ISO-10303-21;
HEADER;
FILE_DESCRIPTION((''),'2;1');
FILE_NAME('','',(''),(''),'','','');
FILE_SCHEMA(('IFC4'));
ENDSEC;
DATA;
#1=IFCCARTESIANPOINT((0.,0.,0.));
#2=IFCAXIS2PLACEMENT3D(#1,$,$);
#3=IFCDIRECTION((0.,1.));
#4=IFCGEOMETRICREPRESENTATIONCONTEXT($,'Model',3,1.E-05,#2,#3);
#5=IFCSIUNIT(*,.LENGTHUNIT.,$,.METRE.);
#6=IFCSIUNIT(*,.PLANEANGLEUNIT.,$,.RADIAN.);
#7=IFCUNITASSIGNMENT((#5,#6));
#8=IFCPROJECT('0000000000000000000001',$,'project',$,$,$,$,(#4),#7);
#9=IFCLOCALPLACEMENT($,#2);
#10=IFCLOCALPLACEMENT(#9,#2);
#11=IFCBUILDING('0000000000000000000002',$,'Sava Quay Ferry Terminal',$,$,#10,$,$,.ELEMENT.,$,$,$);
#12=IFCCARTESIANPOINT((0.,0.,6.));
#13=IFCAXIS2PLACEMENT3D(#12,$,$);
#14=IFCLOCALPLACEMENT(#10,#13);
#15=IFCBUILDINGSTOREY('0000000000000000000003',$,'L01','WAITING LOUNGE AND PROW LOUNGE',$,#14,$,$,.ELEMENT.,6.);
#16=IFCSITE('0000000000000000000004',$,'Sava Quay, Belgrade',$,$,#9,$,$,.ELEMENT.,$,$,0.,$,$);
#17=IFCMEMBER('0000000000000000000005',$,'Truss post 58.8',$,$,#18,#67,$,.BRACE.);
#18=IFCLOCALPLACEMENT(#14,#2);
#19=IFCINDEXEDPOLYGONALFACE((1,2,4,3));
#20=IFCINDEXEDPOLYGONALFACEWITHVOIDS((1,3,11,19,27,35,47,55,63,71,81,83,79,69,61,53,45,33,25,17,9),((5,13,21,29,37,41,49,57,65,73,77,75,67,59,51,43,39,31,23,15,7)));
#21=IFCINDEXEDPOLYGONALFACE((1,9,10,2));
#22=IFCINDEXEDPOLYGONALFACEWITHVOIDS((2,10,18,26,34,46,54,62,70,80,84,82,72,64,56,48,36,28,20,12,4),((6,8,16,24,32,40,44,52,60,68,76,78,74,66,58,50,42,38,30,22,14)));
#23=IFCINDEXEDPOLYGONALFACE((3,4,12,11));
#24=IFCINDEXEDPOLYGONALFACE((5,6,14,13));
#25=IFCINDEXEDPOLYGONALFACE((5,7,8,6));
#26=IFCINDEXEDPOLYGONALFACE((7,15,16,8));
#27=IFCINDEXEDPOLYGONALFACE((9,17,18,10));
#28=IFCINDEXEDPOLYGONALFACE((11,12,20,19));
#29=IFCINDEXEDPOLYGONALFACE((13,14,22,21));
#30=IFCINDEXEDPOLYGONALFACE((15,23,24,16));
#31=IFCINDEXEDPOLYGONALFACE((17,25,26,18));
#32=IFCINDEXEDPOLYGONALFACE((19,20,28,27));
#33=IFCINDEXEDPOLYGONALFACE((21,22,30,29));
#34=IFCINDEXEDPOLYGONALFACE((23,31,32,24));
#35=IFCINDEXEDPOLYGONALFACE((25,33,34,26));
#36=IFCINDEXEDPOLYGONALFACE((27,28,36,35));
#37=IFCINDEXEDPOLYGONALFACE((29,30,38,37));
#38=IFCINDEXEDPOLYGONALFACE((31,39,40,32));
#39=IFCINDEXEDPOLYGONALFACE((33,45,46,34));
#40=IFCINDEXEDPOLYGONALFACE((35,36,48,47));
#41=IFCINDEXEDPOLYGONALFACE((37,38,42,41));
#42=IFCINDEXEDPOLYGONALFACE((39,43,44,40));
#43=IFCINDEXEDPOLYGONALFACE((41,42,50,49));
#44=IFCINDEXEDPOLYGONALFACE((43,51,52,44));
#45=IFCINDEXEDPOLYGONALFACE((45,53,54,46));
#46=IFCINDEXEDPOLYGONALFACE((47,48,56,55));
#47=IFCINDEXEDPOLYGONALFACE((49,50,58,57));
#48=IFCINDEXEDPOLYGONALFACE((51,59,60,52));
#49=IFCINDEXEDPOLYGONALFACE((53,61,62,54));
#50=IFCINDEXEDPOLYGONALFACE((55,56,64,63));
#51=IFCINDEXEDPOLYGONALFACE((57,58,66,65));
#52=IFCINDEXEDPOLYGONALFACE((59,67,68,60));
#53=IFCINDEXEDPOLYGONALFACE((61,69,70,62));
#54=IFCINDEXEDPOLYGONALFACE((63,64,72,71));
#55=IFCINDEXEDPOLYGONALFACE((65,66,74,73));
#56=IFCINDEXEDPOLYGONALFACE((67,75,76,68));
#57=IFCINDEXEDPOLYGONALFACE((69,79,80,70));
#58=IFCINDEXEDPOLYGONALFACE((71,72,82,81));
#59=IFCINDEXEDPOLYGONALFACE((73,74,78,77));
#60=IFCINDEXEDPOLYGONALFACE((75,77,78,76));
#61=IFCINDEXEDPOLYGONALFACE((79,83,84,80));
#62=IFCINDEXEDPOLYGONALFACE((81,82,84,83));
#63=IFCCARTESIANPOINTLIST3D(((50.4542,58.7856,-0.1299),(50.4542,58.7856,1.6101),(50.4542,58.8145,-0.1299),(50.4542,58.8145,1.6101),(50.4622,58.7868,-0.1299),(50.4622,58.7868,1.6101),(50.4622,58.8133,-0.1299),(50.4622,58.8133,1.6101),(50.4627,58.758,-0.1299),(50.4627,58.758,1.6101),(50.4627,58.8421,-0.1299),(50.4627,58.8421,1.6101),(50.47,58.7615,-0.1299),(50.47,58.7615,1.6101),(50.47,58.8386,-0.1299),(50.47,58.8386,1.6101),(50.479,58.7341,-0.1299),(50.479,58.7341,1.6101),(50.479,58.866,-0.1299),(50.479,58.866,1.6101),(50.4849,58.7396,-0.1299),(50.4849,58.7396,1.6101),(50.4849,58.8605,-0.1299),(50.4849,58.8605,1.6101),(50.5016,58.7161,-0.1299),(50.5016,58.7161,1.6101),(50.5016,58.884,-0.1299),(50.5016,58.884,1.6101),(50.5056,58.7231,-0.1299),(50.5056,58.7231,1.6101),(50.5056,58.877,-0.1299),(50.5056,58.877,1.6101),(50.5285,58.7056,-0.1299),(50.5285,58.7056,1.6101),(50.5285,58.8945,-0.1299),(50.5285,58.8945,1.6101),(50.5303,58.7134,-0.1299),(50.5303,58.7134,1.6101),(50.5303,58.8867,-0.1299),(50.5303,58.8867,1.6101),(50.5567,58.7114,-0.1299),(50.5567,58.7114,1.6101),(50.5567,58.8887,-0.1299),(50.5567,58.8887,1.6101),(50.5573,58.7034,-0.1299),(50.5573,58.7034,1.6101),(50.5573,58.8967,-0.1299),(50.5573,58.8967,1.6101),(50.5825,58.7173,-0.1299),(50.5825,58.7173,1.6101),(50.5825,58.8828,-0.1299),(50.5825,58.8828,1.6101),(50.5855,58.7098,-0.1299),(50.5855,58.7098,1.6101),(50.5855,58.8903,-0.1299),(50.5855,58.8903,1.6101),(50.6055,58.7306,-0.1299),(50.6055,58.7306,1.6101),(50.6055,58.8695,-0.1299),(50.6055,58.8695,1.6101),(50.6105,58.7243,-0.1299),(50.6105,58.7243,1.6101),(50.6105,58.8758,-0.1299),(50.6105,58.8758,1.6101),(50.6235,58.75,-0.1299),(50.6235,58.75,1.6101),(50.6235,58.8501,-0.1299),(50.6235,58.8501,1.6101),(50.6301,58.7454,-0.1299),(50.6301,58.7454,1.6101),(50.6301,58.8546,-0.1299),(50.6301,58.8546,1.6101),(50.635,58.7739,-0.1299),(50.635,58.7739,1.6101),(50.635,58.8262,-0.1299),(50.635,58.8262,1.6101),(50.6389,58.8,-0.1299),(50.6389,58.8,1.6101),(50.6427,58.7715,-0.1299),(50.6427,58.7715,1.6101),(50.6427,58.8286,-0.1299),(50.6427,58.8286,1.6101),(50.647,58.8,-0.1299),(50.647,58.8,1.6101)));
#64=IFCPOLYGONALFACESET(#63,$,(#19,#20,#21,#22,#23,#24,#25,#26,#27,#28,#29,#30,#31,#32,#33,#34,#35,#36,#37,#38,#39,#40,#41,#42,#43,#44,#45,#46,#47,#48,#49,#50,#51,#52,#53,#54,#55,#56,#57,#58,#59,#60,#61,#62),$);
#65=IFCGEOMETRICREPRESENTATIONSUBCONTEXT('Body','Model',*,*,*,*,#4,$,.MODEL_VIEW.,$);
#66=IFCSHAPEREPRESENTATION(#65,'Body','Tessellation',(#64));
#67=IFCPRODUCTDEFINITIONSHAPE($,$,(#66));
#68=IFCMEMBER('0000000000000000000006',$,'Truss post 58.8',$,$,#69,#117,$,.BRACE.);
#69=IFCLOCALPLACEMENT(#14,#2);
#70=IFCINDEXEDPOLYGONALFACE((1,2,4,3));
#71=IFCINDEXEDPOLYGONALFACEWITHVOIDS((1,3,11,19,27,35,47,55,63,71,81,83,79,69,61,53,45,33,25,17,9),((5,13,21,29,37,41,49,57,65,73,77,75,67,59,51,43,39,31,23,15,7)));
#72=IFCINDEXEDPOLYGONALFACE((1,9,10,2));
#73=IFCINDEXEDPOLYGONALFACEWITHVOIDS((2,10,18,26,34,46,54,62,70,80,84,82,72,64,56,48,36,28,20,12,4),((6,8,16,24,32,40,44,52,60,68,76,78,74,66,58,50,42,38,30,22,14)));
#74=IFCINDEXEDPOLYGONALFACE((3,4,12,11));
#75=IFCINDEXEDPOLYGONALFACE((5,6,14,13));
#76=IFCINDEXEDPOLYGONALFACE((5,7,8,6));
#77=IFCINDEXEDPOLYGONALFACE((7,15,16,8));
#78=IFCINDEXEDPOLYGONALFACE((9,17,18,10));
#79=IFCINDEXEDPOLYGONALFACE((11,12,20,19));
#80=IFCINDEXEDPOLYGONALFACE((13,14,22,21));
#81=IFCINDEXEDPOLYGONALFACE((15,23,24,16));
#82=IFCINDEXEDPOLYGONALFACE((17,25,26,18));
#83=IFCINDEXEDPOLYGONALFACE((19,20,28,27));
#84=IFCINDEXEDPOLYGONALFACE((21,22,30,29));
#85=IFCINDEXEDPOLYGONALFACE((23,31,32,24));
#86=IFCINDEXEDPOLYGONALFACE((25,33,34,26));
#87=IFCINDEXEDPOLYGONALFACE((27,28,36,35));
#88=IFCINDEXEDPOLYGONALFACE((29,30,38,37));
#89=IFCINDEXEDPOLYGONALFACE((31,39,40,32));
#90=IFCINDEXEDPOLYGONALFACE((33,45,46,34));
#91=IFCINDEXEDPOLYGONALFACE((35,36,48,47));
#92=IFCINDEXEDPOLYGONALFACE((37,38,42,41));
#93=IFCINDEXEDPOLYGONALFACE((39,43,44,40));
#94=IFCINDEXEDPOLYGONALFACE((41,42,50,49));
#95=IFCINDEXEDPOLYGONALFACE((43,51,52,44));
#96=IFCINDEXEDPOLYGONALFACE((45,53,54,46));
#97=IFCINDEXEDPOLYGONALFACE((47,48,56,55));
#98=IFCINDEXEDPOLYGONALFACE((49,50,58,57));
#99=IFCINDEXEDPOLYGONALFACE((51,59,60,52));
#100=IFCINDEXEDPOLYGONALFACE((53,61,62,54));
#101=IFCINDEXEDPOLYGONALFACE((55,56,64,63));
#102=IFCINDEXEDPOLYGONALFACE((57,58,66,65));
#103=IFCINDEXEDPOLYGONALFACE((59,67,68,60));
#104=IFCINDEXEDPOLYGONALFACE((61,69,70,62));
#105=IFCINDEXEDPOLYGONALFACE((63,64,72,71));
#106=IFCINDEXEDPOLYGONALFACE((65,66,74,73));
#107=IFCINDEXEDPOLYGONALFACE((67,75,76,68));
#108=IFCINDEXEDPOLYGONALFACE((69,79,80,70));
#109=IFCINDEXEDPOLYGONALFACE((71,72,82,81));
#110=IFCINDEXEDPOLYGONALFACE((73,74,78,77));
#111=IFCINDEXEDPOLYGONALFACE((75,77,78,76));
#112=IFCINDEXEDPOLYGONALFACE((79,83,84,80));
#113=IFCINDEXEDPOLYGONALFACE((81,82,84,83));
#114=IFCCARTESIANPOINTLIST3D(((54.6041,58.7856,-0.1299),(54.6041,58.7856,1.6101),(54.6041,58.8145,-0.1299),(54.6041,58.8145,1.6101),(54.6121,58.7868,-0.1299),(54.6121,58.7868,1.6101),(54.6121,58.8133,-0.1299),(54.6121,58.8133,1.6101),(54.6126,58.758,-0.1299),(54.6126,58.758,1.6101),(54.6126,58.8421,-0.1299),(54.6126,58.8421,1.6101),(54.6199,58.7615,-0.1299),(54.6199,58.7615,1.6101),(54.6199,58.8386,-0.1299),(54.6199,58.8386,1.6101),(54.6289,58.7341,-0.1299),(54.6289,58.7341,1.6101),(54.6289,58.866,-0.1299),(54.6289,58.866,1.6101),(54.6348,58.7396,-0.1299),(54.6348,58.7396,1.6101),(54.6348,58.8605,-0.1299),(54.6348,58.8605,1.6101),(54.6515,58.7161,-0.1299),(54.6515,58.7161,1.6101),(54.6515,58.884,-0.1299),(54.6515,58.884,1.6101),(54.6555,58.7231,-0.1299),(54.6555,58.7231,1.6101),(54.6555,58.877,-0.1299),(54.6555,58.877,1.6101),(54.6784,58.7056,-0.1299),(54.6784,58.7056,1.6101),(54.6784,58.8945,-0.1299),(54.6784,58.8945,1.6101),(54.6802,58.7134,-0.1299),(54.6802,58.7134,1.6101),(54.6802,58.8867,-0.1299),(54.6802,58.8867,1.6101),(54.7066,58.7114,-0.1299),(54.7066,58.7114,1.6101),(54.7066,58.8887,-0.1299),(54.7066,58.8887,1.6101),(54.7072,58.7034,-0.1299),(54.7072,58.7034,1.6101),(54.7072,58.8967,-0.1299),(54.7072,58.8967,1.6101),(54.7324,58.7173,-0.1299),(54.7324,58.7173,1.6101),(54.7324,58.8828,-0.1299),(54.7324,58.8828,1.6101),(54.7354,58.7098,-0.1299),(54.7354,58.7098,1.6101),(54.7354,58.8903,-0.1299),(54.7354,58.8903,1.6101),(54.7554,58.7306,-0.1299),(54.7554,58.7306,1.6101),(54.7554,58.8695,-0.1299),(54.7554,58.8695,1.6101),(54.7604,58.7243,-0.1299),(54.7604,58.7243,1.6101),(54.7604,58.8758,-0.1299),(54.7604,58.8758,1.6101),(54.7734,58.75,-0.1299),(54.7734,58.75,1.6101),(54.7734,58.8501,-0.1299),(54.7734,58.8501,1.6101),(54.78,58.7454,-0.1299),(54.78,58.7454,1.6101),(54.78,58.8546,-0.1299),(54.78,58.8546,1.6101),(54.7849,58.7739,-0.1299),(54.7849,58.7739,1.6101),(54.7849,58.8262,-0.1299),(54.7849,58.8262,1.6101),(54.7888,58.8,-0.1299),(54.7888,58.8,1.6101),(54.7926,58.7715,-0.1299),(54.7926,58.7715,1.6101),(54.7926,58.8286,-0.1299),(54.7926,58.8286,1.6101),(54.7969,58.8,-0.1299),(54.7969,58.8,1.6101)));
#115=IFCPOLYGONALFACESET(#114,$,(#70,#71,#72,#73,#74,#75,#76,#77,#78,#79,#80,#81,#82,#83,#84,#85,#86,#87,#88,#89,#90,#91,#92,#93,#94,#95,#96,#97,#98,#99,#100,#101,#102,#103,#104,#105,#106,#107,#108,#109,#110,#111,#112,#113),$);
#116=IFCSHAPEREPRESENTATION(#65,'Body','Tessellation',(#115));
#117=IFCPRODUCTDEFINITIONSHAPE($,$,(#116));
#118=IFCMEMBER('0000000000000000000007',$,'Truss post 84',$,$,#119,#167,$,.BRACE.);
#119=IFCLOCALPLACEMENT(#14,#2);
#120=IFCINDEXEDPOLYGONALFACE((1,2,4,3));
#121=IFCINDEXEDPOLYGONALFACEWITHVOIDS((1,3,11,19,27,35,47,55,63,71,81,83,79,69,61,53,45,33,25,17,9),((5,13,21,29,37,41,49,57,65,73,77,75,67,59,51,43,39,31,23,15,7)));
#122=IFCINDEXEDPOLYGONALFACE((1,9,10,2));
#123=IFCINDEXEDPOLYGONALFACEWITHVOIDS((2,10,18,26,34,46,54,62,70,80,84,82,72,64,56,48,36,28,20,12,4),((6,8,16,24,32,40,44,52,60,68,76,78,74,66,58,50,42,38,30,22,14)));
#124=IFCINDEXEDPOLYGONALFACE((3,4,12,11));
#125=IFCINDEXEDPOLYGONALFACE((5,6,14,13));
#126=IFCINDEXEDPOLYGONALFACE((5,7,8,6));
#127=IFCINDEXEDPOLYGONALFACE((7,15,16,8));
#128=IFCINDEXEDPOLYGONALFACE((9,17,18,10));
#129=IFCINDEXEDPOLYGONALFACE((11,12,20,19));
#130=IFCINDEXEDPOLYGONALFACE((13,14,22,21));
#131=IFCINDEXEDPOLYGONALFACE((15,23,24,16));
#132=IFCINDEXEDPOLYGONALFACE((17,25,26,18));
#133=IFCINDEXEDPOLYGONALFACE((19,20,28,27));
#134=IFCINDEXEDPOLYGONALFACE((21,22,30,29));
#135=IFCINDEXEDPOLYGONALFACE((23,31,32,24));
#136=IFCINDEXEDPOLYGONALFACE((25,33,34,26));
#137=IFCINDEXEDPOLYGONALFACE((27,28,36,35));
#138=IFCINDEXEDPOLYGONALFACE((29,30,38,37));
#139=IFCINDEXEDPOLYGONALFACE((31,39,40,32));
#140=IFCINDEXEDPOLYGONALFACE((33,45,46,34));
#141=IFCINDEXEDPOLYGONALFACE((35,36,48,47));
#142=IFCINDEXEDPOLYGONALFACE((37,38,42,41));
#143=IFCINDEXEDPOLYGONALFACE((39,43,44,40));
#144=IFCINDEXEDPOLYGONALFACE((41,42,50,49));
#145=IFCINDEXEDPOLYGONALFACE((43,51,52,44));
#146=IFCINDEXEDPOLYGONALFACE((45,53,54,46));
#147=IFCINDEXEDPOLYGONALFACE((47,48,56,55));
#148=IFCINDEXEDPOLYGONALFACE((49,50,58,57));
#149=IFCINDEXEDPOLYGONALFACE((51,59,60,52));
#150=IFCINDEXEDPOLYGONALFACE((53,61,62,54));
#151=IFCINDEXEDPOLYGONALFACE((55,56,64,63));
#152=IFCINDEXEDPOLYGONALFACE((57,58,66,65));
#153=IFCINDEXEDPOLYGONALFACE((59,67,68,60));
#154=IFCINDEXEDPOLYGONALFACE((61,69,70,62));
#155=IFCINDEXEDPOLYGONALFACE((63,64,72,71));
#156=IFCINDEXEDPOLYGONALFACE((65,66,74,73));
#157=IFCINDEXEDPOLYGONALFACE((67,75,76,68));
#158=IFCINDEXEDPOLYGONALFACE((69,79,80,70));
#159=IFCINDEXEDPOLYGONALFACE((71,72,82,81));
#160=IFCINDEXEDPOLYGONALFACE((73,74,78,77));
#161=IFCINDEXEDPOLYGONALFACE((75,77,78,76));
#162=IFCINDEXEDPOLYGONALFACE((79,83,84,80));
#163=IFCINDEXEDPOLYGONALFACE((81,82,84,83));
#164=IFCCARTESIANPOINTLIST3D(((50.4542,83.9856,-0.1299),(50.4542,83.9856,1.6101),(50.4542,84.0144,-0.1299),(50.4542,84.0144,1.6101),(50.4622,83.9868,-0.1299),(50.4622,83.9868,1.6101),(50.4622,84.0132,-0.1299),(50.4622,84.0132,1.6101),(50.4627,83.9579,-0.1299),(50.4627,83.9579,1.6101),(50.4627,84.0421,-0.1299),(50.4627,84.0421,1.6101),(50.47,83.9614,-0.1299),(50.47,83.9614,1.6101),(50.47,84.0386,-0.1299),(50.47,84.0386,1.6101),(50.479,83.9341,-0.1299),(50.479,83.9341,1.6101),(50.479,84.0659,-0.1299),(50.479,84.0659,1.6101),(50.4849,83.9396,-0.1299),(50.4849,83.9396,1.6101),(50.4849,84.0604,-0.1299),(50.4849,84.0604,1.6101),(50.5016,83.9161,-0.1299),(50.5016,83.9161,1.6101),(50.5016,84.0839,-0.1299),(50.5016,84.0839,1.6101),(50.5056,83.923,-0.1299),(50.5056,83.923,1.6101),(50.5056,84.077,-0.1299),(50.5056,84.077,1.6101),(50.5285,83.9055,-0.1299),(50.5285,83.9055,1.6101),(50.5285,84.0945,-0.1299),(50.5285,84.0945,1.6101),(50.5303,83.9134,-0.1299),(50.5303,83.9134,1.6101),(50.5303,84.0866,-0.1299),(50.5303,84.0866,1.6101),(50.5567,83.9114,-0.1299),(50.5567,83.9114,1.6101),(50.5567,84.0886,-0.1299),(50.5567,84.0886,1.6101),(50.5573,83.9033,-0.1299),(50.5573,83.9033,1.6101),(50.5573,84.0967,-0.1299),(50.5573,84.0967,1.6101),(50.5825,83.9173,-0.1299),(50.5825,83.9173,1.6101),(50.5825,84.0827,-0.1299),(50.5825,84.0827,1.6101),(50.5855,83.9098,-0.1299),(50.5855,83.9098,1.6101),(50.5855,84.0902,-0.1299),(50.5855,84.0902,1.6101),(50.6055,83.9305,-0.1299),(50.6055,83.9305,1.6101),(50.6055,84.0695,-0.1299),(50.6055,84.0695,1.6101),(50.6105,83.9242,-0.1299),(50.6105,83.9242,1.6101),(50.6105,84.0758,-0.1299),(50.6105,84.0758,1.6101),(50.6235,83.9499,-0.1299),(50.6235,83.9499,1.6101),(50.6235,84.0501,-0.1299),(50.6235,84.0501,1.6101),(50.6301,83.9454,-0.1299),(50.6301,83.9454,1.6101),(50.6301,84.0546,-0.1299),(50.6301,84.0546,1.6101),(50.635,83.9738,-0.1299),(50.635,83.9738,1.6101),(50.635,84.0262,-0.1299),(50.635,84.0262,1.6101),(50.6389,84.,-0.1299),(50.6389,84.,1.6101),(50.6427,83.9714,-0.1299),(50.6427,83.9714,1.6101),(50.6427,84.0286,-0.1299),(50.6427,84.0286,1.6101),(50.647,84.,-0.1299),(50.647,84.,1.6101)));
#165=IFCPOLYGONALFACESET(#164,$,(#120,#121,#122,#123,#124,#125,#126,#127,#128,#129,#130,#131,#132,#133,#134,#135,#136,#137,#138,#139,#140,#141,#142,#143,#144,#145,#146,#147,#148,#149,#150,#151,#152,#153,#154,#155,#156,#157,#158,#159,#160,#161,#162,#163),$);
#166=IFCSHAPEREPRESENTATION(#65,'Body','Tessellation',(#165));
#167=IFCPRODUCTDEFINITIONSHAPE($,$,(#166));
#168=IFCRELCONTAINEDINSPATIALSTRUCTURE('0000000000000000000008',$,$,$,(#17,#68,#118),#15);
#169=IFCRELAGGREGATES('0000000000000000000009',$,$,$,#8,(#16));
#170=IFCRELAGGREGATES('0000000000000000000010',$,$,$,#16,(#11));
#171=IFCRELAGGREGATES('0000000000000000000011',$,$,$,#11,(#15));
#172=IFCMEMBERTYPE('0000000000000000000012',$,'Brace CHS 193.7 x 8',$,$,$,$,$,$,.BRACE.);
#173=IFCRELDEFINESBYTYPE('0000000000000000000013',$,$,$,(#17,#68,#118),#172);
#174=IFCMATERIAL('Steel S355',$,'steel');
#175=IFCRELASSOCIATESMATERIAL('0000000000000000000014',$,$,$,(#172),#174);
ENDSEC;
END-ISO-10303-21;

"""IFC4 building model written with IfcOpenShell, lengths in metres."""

from ifc_helpers import new_model, si_unit, direction, frame, origin, origin_2d, place, context, subcontext, project, spatial, hollow_circle, extrude, material, material_profile, profile_set, type_object, element, save


model = new_model("IFC4")

# Units and contexts
model_context = context("Model", 3, precision=1e-05, world=origin(), true_north=direction((0.0, 1.0)))
body_context = subcontext(model_context, "Body", "Model", "MODEL_VIEW")
ifc_project = project(units=[si_unit("LENGTHUNIT", "METRE"), si_unit("PLANEANGLEUNIT", "RADIAN")], contexts=[model_context])

# Site, building, storey
site_placement = place(None, origin())
site = spatial("IfcSite", under=ifc_project, at=site_placement, Name="Sava Quay, Belgrade", CompositionType="ELEMENT", RefElevation=0.0)
building_placement = place(site_placement, origin())
building = spatial("IfcBuilding", under=site, at=building_placement, Name="Sava Quay Ferry Terminal", CompositionType="ELEMENT")
storey_placement = place(building_placement, frame((0.0, 0.0, 6.0)))
storey = spatial("IfcBuildingStorey", under=building, at=storey_placement, Name="L01", Description="WAITING LOUNGE AND PROW LOUNGE", CompositionType="ELEMENT", Elevation=6.0)

# Members
ifc_material_1 = material(Name="Steel S355", Category="steel")
ifc_material_profile_1 = material_profile(ifc_material_1, hollow_circle(Radius=0.0969, WallThickness=0.0081, at=origin_2d()), Name="CHS 193.7 x 8")
ifc_profile_set_1 = profile_set([ifc_material_profile_1], Name="Steel S355")
member_type_1 = type_object("IfcMemberType", Name="Brace CHS 193.7 x 8", PredefinedType="BRACE", material=ifc_profile_set_1)
for number, where, z_axis, x_axis, name in (
    (1, (50.55, 58.8, -0.1299), (0.0, 0.0, 1.0), (1.0, 0.0, 0.0), "Truss post 58.8"),
    (2, (54.7, 58.8, -0.1299), (0.0, 0.0, 1.0), (1.0, 0.0, 0.0), "Truss post 58.8"),
    (3, (50.55, 84.0, -0.1299), (0.0, 0.0, 1.0), (1.0, 0.0, 0.0), "Truss post 84"),
):
    element("IfcMember", number, at=place(storey_placement, frame(where, z_axis=z_axis, x_axis=x_axis)), inside=storey, type_object=member_type_1, Name=name, PredefinedType="BRACE", context=body_context, shape_type="SweptSolid", body=[
        extrude(hollow_circle(Radius=0.0969, WallThickness=0.0081, at=origin_2d()), origin(), (0.0, 0.0, 1.0), 1.74),
    ])

save(model, "model.ifc")
